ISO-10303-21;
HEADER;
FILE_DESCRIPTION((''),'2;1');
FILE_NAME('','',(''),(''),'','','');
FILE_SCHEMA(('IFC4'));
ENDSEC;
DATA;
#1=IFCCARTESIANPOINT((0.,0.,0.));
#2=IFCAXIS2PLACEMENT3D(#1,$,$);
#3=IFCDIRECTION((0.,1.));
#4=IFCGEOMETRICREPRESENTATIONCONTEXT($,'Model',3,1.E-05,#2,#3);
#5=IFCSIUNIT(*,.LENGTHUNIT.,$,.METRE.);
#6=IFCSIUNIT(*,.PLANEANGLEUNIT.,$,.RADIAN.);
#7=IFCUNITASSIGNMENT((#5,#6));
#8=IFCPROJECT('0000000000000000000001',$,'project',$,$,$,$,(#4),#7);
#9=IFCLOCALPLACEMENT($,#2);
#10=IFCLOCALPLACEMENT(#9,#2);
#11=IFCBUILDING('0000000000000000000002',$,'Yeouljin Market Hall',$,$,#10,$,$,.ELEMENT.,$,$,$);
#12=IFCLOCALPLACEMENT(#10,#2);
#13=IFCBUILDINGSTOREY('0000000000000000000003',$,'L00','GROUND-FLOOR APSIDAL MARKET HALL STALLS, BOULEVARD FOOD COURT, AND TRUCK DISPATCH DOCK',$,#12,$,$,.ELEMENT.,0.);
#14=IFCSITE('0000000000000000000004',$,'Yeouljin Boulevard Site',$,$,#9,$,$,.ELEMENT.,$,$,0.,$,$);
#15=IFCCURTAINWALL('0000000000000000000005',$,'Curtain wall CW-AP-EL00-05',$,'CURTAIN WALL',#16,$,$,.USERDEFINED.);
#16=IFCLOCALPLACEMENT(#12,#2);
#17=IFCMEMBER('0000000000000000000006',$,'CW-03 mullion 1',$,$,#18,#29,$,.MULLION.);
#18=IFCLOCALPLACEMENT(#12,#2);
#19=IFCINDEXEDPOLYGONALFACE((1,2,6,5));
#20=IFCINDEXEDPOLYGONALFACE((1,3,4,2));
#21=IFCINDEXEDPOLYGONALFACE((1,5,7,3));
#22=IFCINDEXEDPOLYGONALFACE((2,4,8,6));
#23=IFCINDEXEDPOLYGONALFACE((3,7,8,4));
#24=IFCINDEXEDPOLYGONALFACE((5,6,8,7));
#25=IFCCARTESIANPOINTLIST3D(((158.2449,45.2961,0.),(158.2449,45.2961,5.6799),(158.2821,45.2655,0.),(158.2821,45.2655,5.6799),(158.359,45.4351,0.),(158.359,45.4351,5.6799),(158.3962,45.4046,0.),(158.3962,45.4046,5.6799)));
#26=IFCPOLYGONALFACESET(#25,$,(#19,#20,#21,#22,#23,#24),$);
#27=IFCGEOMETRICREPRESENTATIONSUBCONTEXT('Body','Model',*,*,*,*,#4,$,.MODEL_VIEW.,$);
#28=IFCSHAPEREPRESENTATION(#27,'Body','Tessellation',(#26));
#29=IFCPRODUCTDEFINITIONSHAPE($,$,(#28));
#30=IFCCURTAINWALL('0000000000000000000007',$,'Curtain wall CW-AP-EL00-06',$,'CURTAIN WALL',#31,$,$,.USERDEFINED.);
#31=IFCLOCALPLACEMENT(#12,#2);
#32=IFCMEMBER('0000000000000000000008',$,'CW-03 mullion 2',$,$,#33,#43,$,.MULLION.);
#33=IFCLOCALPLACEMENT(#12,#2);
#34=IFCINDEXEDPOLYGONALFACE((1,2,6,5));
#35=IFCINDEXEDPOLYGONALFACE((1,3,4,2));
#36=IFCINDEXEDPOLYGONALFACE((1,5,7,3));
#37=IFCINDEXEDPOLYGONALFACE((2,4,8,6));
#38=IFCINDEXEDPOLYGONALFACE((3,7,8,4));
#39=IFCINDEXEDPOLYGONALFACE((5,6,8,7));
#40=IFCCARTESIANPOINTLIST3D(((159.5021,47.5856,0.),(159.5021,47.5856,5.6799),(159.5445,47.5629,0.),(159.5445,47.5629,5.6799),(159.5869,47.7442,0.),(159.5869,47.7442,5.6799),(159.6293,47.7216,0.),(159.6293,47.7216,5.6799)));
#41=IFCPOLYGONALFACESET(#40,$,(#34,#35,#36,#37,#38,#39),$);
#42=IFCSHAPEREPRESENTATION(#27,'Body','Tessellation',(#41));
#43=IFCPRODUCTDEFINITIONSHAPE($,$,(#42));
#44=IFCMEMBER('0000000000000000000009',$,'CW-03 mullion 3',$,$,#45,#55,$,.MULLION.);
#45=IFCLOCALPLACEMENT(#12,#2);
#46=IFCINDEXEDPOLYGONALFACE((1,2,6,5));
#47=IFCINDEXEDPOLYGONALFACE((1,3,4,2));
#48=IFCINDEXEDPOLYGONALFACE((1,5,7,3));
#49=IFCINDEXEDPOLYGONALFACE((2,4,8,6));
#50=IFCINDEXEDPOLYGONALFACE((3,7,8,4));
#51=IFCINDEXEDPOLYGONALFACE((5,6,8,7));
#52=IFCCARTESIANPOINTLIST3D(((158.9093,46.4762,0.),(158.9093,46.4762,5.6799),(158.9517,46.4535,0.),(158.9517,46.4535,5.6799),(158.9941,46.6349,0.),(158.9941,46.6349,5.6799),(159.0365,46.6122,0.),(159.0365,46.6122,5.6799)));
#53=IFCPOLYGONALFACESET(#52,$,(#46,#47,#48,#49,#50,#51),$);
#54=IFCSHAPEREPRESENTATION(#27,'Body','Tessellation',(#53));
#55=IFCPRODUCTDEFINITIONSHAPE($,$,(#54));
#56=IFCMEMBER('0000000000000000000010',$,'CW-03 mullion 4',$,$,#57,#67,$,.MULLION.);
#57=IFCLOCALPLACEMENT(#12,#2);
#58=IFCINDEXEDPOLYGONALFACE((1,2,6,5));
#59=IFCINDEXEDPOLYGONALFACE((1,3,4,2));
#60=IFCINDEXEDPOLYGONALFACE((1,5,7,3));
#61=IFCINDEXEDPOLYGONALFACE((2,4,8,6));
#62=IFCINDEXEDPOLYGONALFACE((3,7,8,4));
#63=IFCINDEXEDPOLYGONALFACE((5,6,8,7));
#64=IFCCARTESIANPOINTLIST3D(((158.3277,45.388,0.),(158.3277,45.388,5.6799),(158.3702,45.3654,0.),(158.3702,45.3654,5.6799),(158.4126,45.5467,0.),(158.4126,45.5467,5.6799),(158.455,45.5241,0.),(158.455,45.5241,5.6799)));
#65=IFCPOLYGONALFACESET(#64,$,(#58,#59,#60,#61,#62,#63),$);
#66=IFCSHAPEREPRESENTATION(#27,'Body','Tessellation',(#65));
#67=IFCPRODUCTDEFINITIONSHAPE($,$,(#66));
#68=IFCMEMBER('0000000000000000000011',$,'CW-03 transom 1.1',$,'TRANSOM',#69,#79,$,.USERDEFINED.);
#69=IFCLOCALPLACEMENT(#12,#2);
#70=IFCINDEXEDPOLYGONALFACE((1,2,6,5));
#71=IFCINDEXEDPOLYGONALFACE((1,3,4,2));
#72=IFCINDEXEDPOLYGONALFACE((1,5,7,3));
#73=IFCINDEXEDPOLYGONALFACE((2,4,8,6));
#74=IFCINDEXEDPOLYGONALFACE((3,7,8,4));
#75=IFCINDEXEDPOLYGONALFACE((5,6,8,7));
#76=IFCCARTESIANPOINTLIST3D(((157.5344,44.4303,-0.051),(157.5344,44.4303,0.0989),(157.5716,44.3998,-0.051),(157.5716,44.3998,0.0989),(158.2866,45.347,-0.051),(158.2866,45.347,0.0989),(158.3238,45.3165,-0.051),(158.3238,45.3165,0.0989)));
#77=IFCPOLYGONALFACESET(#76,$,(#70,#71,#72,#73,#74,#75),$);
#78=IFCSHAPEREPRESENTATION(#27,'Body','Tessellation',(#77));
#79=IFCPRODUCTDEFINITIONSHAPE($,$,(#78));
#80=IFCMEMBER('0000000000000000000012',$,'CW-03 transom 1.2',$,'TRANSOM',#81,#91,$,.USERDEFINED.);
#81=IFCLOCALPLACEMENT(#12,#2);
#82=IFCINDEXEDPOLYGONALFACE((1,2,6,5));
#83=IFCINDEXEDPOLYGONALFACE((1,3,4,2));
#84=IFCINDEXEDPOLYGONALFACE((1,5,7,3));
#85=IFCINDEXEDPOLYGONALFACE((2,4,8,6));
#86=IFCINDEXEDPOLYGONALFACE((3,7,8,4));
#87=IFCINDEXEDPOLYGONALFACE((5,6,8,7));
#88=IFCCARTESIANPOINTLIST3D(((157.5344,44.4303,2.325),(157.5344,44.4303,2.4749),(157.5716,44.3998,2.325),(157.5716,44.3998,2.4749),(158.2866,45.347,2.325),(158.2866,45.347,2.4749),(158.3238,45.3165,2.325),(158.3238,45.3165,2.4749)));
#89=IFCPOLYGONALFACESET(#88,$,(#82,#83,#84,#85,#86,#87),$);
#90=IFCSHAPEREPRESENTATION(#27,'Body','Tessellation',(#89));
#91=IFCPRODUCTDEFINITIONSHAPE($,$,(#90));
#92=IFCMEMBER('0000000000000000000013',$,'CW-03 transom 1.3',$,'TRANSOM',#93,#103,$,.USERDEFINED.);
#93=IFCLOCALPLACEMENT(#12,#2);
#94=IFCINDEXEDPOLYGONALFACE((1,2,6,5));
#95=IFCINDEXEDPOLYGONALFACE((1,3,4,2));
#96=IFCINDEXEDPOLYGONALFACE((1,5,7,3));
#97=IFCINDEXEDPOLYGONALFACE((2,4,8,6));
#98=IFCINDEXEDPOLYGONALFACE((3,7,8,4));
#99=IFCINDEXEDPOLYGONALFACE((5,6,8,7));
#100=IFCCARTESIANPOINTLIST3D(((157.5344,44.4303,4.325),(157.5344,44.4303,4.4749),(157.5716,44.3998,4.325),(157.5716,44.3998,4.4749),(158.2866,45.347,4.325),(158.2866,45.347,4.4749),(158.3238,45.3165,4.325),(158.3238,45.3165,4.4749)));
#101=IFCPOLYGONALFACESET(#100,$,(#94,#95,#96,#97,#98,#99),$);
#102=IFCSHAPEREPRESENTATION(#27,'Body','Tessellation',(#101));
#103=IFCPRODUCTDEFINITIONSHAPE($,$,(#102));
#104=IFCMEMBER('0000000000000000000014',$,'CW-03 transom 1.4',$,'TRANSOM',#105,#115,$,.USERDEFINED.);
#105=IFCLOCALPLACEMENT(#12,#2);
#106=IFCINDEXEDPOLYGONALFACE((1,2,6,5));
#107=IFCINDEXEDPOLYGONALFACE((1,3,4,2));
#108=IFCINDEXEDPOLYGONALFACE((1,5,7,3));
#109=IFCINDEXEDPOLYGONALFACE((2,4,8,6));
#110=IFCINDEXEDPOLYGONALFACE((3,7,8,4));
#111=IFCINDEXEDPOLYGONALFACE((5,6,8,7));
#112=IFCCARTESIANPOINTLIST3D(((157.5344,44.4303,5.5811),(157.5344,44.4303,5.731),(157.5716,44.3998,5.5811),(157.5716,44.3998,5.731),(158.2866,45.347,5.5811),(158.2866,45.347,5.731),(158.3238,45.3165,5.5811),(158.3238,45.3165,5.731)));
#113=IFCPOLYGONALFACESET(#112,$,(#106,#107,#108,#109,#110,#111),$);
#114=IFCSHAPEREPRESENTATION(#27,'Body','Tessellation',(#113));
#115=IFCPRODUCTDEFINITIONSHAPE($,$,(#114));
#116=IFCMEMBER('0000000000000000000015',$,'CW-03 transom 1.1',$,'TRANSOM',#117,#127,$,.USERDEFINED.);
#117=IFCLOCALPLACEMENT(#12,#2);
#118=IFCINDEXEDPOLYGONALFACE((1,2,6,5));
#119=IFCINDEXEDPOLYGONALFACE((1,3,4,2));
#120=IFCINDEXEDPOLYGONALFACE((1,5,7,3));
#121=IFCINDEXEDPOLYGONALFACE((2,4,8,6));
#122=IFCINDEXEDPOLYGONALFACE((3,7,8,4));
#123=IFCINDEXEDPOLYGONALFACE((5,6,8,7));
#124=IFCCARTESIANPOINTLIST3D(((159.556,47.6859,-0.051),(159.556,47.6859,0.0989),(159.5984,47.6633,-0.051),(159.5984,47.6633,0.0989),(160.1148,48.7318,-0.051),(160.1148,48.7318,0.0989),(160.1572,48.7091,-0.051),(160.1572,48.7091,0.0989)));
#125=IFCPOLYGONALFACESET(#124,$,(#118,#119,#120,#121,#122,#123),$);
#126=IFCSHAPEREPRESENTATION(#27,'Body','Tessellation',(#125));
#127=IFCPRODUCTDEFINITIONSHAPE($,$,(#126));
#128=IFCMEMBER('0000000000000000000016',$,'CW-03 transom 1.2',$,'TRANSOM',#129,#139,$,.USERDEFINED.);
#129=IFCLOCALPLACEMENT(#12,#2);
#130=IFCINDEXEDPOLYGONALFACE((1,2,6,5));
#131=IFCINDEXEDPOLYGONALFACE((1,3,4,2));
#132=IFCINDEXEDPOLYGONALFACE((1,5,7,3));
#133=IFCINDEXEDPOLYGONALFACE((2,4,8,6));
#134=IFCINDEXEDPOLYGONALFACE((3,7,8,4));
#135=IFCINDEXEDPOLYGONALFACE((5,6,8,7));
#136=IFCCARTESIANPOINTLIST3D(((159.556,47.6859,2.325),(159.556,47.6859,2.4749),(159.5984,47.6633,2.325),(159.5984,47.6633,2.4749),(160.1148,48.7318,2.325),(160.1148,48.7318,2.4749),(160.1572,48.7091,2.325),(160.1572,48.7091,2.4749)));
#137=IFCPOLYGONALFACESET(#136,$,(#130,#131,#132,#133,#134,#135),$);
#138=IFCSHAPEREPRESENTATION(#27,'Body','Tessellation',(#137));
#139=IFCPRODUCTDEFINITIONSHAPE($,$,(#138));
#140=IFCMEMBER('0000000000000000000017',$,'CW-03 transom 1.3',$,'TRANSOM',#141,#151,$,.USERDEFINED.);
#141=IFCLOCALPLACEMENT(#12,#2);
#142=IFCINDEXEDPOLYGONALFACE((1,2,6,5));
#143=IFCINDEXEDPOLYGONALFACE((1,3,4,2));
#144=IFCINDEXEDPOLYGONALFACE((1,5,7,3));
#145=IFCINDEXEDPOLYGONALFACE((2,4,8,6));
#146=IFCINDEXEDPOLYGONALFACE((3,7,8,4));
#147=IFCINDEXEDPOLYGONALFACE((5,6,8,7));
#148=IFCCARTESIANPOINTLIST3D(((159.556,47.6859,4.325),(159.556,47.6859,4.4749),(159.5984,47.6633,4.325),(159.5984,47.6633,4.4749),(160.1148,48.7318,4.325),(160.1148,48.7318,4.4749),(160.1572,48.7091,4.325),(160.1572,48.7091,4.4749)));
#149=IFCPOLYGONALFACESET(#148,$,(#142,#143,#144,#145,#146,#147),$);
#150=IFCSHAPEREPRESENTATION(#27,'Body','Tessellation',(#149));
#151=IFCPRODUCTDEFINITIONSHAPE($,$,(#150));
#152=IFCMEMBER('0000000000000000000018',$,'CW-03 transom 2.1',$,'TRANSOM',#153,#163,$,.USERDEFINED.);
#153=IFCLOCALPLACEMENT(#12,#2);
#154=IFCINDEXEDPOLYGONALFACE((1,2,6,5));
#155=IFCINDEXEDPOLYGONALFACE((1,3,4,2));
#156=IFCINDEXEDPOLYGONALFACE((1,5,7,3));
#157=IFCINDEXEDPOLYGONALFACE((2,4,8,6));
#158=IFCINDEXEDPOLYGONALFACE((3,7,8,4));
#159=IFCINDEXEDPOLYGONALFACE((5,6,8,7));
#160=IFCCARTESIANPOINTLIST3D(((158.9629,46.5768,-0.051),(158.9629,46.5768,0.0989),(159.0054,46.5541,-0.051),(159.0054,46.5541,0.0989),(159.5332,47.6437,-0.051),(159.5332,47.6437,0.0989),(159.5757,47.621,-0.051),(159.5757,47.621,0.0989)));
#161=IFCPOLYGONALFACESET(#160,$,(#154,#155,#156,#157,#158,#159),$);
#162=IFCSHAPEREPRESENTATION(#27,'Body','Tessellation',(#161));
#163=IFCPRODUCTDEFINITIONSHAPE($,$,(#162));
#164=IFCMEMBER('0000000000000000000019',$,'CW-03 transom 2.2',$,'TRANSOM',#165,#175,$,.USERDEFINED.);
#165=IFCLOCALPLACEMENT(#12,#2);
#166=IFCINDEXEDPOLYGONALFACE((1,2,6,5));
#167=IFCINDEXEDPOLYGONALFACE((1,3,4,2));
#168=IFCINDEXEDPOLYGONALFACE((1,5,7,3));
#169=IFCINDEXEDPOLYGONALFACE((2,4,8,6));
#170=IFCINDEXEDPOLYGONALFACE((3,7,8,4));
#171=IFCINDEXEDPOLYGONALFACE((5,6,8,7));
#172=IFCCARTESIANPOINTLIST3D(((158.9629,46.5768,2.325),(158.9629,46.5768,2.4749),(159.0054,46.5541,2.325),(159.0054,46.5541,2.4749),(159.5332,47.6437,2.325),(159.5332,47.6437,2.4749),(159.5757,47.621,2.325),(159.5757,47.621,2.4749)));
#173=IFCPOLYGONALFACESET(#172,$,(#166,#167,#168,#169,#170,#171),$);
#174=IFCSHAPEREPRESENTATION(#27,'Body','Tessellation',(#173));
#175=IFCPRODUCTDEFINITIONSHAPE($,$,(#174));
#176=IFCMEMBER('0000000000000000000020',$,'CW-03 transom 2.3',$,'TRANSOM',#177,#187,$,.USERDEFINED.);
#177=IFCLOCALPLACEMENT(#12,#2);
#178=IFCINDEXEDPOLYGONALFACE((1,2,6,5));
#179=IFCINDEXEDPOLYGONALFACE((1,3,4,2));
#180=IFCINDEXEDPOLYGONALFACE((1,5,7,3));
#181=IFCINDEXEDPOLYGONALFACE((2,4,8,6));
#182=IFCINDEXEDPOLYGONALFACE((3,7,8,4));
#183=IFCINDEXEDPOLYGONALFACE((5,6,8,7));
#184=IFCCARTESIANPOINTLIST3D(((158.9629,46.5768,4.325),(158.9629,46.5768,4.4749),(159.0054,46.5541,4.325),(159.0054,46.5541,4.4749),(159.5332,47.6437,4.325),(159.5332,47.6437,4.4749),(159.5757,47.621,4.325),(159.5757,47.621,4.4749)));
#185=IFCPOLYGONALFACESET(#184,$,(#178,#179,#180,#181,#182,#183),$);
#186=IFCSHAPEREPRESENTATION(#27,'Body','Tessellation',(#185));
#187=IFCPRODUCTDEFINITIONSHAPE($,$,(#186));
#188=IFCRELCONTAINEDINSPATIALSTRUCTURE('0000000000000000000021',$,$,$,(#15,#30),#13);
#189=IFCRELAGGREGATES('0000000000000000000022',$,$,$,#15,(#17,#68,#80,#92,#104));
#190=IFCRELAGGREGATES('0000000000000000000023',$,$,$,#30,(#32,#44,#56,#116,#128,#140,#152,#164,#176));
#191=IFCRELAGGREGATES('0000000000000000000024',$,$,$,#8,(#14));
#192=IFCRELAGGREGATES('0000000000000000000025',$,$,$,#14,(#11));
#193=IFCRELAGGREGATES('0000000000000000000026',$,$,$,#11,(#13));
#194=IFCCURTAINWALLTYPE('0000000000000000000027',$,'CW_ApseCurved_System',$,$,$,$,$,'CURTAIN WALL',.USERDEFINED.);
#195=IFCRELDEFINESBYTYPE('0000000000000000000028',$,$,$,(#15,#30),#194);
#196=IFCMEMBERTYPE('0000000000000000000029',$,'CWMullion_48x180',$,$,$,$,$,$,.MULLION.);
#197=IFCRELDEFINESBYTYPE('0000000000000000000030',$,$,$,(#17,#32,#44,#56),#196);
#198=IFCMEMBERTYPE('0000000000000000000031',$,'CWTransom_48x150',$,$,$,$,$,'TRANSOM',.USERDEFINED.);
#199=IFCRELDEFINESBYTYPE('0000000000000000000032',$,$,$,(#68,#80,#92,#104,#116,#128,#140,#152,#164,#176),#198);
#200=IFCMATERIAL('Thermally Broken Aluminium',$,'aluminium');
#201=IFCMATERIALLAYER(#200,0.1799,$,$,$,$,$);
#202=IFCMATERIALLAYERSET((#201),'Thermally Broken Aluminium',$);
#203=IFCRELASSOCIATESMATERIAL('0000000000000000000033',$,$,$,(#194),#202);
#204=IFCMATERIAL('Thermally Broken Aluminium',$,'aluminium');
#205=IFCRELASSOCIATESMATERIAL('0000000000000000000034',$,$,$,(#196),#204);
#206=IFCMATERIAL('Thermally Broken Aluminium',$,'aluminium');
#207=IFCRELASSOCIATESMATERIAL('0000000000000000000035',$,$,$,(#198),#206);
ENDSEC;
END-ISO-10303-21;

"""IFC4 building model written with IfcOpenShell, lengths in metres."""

from ifc_helpers import new_model, si_unit, direction, frame, origin, origin_2d, place, context, subcontext, project, spatial, rectangle, extrude, material, layer, layer_set, material_profile, profile_set, type_object, element, aggregate, save


model = new_model("IFC4")

# Units and contexts
model_context = context("Model", 3, precision=1e-05, world=origin(), true_north=direction((0.0, 1.0)))
body_context = subcontext(model_context, "Body", "Model", "MODEL_VIEW")
ifc_project = project(units=[si_unit("LENGTHUNIT", "METRE"), si_unit("PLANEANGLEUNIT", "RADIAN")], contexts=[model_context])

# Site, building, storey
site_placement = place(None, origin())
site = spatial("IfcSite", under=ifc_project, at=site_placement, Name="Yeouljin Boulevard Site", CompositionType="ELEMENT", RefElevation=0.0)
building_placement = place(site_placement, origin())
building = spatial("IfcBuilding", under=site, at=building_placement, Name="Yeouljin Market Hall", CompositionType="ELEMENT")
storey_placement = place(building_placement, origin())
storey = spatial("IfcBuildingStorey", under=building, at=storey_placement, Name="L00", Description="GROUND-FLOOR APSIDAL MARKET HALL STALLS, BOULEVARD FOOD COURT, AND TRUCK DISPATCH DOCK", CompositionType="ELEMENT", Elevation=0.0)

# Curtain wall, member
ifc_material_1 = material(Name="Thermally Broken Aluminium", Category="aluminium")
ifc_layer_1 = layer(ifc_material_1, 0.1799)
ifc_layer_set_1 = layer_set([ifc_layer_1], Name="Thermally Broken Aluminium")
curtain_wall_type = type_object("IfcCurtainWallType", Name="CW_ApseCurved_System", ElementType="CURTAIN WALL", PredefinedType="USERDEFINED", material=ifc_layer_set_1)
curtain_wall_1_placement = place(storey_placement, origin())
curtain_wall_1 = element("IfcCurtainWall", 1, at=curtain_wall_1_placement, inside=storey, type_object=curtain_wall_type, Name="Curtain wall CW-AP-EL00-05", ObjectType="CURTAIN WALL", PredefinedType="USERDEFINED")
ifc_material_2 = material(Name="Thermally Broken Aluminium", Category="aluminium")
ifc_material_profile_1 = material_profile(ifc_material_2, rectangle(XDim=0.0481, YDim=0.1799, at=origin_2d()), Name="CW-MULL-48x180")
ifc_profile_set_1 = profile_set([ifc_material_profile_1], Name="Thermally Broken Aluminium")
member_type_1 = type_object("IfcMemberType", Name="CWMullion_48x180", PredefinedType="MULLION", material=ifc_profile_set_1)
member_1_placement = place(storey_placement, frame((158.3206, 45.3503, 0.0), z_axis=(0.0, 0.0, 1.0), x_axis=(0.773018, -0.634384, 0.0)))
member_1 = element("IfcMember", 2, at=member_1_placement, type_object=member_type_1, Name="CW-03 mullion 1", PredefinedType="MULLION", context=body_context, shape_type="SweptSolid", body=[
    extrude(rectangle(XDim=0.0481, YDim=0.1799, at=origin_2d()), origin(), (0.0, 0.0, 1.0), 5.6799),
])

# Curtain wall, members
curtain_wall_2_placement = place(storey_placement, origin())
curtain_wall_2 = element("IfcCurtainWall", 3, at=curtain_wall_2_placement, inside=storey, type_object=curtain_wall_type, Name="Curtain wall CW-AP-EL00-06", ObjectType="CURTAIN WALL", PredefinedType="USERDEFINED")
member_2_placement = place(storey_placement, frame((159.5657, 47.6536, 0.0), z_axis=(0.0, 0.0, 1.0), x_axis=(0.881931, -0.471378, 0.0)))
member_2 = element("IfcMember", 4, at=member_2_placement, type_object=member_type_1, Name="CW-03 mullion 2", PredefinedType="MULLION", context=body_context, shape_type="SweptSolid", body=[
    extrude(rectangle(XDim=0.0481, YDim=0.1799, at=origin_2d()), origin(), (0.0, 0.0, 1.0), 5.6799),
])
member_3_placement = place(storey_placement, frame((158.9729, 46.5442, 0.0), z_axis=(0.0, 0.0, 1.0), x_axis=(0.881931, -0.471378, 0.0)))
member_3 = element("IfcMember", 5, at=member_3_placement, type_object=member_type_1, Name="CW-03 mullion 3", PredefinedType="MULLION", context=body_context, shape_type="SweptSolid", body=[
    extrude(rectangle(XDim=0.0481, YDim=0.1799, at=origin_2d()), origin(), (0.0, 0.0, 1.0), 5.6799),
])
member_4_placement = place(storey_placement, frame((158.3914, 45.4561, 0.0), z_axis=(0.0, 0.0, 1.0), x_axis=(0.881931, -0.471378, 0.0)))
member_4 = element("IfcMember", 6, at=member_4_placement, type_object=member_type_1, Name="CW-03 mullion 4", PredefinedType="MULLION", context=body_context, shape_type="SweptSolid", body=[
    extrude(rectangle(XDim=0.0481, YDim=0.1799, at=origin_2d()), origin(), (0.0, 0.0, 1.0), 5.6799),
])

# Members
ifc_material_3 = material(Name="Thermally Broken Aluminium", Category="aluminium")
ifc_material_profile_2 = material_profile(ifc_material_3, rectangle(XDim=0.0481, YDim=0.1499, at=origin_2d()), Name="CW-TRAN-48x150")
ifc_profile_set_2 = profile_set([ifc_material_profile_2], Name="Thermally Broken Aluminium")
member_type_2 = type_object("IfcMemberType", Name="CWTransom_48x150", ElementType="TRANSOM", PredefinedType="USERDEFINED", material=ifc_profile_set_2)
member_5_placement = place(storey_placement, frame((158.3052, 45.3318, 0.0239), z_axis=(-0.634313, -0.773076, 0.0), x_axis=(0.773076, -0.634313, 0.0)))
member_5 = element("IfcMember", 7, at=member_5_placement, type_object=member_type_2, Name="CW-03 transom 1.1", ObjectType="TRANSOM", PredefinedType="USERDEFINED", context=body_context, shape_type="SweptSolid", body=[
    extrude(rectangle(XDim=0.0481, YDim=0.1499, at=origin_2d()), origin(), (0.0, 0.0, 1.0), 1.1858),
])
member_6_placement = place(storey_placement, frame((158.3052, 45.3318, 2.3999), z_axis=(-0.634313, -0.773076, 0.0), x_axis=(0.773076, -0.634313, 0.0)))
member_6 = element("IfcMember", 8, at=member_6_placement, type_object=member_type_2, Name="CW-03 transom 1.2", ObjectType="TRANSOM", PredefinedType="USERDEFINED", context=body_context, shape_type="SweptSolid", body=[
    extrude(rectangle(XDim=0.0481, YDim=0.1499, at=origin_2d()), origin(), (0.0, 0.0, 1.0), 1.1858),
])
member_7_placement = place(storey_placement, frame((158.3052, 45.3318, 4.3999), z_axis=(-0.634313, -0.773076, 0.0), x_axis=(0.773076, -0.634313, 0.0)))
member_7 = element("IfcMember", 9, at=member_7_placement, type_object=member_type_2, Name="CW-03 transom 1.3", ObjectType="TRANSOM", PredefinedType="USERDEFINED", context=body_context, shape_type="SweptSolid", body=[
    extrude(rectangle(XDim=0.0481, YDim=0.1499, at=origin_2d()), origin(), (0.0, 0.0, 1.0), 1.1858),
])
member_8_placement = place(storey_placement, frame((158.3052, 45.3318, 5.656), z_axis=(-0.634313, -0.773076, 0.0), x_axis=(0.773076, -0.634313, 0.0)))
member_8 = element("IfcMember", 10, at=member_8_placement, type_object=member_type_2, Name="CW-03 transom 1.4", ObjectType="TRANSOM", PredefinedType="USERDEFINED", context=body_context, shape_type="SweptSolid", body=[
    extrude(rectangle(XDim=0.0481, YDim=0.1499, at=origin_2d()), origin(), (0.0, 0.0, 1.0), 1.1858),
])
aggregate(curtain_wall_1, [member_1, member_5, member_6, member_7, member_8])
member_9_placement = place(storey_placement, frame((160.136, 48.7205, 0.0239), z_axis=(-0.471261, -0.881994, 0.0), x_axis=(0.881994, -0.471261, 0.0)))
member_9 = element("IfcMember", 11, at=member_9_placement, type_object=member_type_2, Name="CW-03 transom 1.1", ObjectType="TRANSOM", PredefinedType="USERDEFINED", context=body_context, shape_type="SweptSolid", body=[
    extrude(rectangle(XDim=0.0481, YDim=0.1499, at=origin_2d()), origin(), (0.0, 0.0, 1.0), 1.1858),
])
member_10_placement = place(storey_placement, frame((160.136, 48.7205, 2.3999), z_axis=(-0.471261, -0.881994, 0.0), x_axis=(0.881994, -0.471261, 0.0)))
member_10 = element("IfcMember", 12, at=member_10_placement, type_object=member_type_2, Name="CW-03 transom 1.2", ObjectType="TRANSOM", PredefinedType="USERDEFINED", context=body_context, shape_type="SweptSolid", body=[
    extrude(rectangle(XDim=0.0481, YDim=0.1499, at=origin_2d()), origin(), (0.0, 0.0, 1.0), 1.1858),
])
member_11_placement = place(storey_placement, frame((160.136, 48.7205, 4.3999), z_axis=(-0.471261, -0.881994, 0.0), x_axis=(0.881994, -0.471261, 0.0)))
member_11 = element("IfcMember", 13, at=member_11_placement, type_object=member_type_2, Name="CW-03 transom 1.3", ObjectType="TRANSOM", PredefinedType="USERDEFINED", context=body_context, shape_type="SweptSolid", body=[
    extrude(rectangle(XDim=0.0481, YDim=0.1499, at=origin_2d()), origin(), (0.0, 0.0, 1.0), 1.1858),
])
member_12_placement = place(storey_placement, frame((159.5544, 47.6323, 0.0239), z_axis=(-0.471426, -0.881906, 0.0), x_axis=(0.881906, -0.471426, 0.0)))
member_12 = element("IfcMember", 14, at=member_12_placement, type_object=member_type_2, Name="CW-03 transom 2.1", ObjectType="TRANSOM", PredefinedType="USERDEFINED", context=body_context, shape_type="SweptSolid", body=[
    extrude(rectangle(XDim=0.0481, YDim=0.1499, at=origin_2d()), origin(), (0.0, 0.0, 1.0), 1.2097),
])
member_13_placement = place(storey_placement, frame((159.5544, 47.6323, 2.3999), z_axis=(-0.471426, -0.881906, 0.0), x_axis=(0.881906, -0.471426, 0.0)))
member_13 = element("IfcMember", 15, at=member_13_placement, type_object=member_type_2, Name="CW-03 transom 2.2", ObjectType="TRANSOM", PredefinedType="USERDEFINED", context=body_context, shape_type="SweptSolid", body=[
    extrude(rectangle(XDim=0.0481, YDim=0.1499, at=origin_2d()), origin(), (0.0, 0.0, 1.0), 1.2097),
])
member_14_placement = place(storey_placement, frame((159.5544, 47.6323, 4.3999), z_axis=(-0.471426, -0.881906, 0.0), x_axis=(0.881906, -0.471426, 0.0)))
member_14 = element("IfcMember", 16, at=member_14_placement, type_object=member_type_2, Name="CW-03 transom 2.3", ObjectType="TRANSOM", PredefinedType="USERDEFINED", context=body_context, shape_type="SweptSolid", body=[
    extrude(rectangle(XDim=0.0481, YDim=0.1499, at=origin_2d()), origin(), (0.0, 0.0, 1.0), 1.2097),
])

aggregate(curtain_wall_2, [member_2, member_3, member_4, member_9, member_10, member_11, member_12, member_13, member_14])

save(model, "model.ifc")
